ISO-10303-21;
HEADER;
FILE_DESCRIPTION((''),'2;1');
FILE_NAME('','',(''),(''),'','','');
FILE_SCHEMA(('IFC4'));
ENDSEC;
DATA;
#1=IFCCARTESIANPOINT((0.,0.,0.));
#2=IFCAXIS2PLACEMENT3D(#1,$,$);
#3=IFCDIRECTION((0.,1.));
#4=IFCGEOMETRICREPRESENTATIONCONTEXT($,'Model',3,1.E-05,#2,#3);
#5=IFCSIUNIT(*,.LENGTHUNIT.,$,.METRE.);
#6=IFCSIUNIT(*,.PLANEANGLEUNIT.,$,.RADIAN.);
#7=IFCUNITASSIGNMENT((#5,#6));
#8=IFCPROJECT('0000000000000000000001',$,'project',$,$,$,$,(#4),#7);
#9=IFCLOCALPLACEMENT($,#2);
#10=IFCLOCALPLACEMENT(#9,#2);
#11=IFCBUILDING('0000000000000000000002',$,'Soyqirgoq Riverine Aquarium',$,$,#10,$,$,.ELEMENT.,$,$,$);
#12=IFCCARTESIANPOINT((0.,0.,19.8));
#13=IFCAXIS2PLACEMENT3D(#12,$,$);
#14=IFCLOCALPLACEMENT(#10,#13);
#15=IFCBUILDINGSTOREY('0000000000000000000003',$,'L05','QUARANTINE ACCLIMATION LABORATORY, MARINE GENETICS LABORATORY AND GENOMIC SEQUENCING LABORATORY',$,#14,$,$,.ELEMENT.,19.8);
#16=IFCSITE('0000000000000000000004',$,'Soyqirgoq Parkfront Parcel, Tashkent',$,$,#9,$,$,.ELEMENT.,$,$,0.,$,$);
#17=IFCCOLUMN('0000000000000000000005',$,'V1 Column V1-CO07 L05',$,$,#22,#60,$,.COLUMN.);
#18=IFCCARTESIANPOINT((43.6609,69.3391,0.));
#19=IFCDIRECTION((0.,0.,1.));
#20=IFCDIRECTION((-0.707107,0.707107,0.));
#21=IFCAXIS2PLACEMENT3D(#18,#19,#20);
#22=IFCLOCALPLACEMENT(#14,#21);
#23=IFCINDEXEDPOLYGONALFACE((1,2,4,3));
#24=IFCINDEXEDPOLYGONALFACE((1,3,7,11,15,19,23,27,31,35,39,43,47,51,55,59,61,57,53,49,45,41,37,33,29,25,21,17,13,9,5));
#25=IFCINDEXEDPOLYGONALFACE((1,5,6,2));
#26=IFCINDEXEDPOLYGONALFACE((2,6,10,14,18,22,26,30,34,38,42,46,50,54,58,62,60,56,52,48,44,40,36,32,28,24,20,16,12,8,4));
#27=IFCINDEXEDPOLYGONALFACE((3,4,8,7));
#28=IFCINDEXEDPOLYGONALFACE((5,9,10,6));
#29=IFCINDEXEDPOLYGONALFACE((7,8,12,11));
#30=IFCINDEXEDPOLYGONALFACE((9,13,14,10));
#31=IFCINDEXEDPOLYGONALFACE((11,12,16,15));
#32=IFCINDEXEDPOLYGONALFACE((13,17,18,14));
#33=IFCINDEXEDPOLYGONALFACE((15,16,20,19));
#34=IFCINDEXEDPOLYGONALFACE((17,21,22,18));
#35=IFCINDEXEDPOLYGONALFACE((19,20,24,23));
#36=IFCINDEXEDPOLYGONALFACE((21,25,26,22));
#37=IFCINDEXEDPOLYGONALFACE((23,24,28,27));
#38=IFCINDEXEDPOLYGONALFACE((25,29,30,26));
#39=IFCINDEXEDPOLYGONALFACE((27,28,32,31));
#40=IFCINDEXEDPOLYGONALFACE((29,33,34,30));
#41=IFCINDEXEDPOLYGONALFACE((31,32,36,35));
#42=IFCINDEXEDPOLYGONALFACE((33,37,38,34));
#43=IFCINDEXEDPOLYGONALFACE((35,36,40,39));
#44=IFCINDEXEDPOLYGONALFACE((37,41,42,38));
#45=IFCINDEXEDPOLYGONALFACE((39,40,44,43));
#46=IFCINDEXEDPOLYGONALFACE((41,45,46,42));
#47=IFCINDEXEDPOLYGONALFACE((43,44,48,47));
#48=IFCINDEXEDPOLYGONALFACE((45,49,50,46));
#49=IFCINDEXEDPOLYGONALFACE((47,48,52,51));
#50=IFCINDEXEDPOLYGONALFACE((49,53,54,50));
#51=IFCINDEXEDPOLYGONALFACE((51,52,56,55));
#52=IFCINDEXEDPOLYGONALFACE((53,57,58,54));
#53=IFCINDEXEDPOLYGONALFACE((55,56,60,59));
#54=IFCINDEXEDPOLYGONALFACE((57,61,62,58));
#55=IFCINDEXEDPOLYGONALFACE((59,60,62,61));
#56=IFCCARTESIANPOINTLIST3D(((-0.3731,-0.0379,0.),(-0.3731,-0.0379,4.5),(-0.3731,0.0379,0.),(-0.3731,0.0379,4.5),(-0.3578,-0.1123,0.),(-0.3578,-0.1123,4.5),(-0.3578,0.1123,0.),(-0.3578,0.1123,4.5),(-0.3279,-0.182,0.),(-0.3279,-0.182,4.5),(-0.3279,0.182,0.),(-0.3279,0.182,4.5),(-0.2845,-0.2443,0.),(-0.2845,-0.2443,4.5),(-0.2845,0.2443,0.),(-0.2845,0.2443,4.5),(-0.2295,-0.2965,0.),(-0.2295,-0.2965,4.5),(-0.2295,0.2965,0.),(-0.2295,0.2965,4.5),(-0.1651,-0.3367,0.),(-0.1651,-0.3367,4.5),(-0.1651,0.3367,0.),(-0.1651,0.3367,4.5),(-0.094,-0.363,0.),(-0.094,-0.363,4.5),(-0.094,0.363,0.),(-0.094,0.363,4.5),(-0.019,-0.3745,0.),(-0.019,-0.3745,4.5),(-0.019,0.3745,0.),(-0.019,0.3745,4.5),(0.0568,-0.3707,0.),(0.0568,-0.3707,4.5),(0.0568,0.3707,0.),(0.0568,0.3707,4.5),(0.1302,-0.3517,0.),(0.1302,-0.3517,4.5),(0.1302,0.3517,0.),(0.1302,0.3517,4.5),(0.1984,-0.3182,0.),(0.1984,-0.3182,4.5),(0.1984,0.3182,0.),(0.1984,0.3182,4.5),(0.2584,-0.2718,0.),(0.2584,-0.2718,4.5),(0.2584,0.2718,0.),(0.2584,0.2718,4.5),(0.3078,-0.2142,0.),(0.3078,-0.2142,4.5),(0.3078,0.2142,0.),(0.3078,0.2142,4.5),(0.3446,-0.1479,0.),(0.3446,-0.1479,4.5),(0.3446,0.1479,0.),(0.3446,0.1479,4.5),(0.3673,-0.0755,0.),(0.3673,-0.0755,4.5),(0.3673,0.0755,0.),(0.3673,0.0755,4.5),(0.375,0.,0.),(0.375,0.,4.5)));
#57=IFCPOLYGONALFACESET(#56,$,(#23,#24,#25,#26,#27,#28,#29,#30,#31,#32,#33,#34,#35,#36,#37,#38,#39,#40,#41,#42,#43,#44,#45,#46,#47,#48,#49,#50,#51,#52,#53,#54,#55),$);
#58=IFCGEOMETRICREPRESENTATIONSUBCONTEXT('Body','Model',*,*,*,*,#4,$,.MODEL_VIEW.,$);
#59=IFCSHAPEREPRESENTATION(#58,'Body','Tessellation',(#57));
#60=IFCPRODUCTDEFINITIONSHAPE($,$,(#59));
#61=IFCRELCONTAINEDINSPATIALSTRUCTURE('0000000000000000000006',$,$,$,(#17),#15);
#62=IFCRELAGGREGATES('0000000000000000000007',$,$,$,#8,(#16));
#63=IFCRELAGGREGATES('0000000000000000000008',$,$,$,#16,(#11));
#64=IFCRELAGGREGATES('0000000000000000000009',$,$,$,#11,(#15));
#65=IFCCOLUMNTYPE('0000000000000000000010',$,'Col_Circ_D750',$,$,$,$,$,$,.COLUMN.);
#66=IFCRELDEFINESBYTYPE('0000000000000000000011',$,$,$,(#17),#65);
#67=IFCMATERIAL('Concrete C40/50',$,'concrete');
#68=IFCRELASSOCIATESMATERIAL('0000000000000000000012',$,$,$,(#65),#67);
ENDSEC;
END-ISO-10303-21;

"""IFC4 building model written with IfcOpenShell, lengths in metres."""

from ifc_helpers import new_model, si_unit, direction, frame, origin, origin_2d, place, context, subcontext, project, spatial, circle, extrude, material, material_profile, profile_set, type_object, element, save


model = new_model("IFC4")

# Units and contexts
model_context = context("Model", 3, precision=1e-05, world=origin(), true_north=direction((0.0, 1.0)))
body_context = subcontext(model_context, "Body", "Model", "MODEL_VIEW")
ifc_project = project(units=[si_unit("LENGTHUNIT", "METRE"), si_unit("PLANEANGLEUNIT", "RADIAN")], contexts=[model_context])

# Site, building, storey
site_placement = place(None, origin())
site = spatial("IfcSite", under=ifc_project, at=site_placement, Name="Soyqirgoq Parkfront Parcel, Tashkent", CompositionType="ELEMENT", RefElevation=0.0)
building_placement = place(site_placement, origin())
building = spatial("IfcBuilding", under=site, at=building_placement, Name="Soyqirgoq Riverine Aquarium", CompositionType="ELEMENT")
storey_placement = place(building_placement, frame((0.0, 0.0, 19.8)))
storey = spatial("IfcBuildingStorey", under=building, at=storey_placement, Name="L05", Description="QUARANTINE ACCLIMATION LABORATORY, MARINE GENETICS LABORATORY AND GENOMIC SEQUENCING LABORATORY", CompositionType="ELEMENT", Elevation=19.8)

# Column
ifc_material_1 = material(Name="Concrete C40/50", Category="concrete")
ifc_material_profile_1 = material_profile(ifc_material_1, circle(Radius=0.375, at=origin_2d()), Name="RC-COL D750")
ifc_profile_set_1 = profile_set([ifc_material_profile_1], Name="Concrete C40/50")
column_type_1 = type_object("IfcColumnType", Name="Col_Circ_D750", PredefinedType="COLUMN", material=ifc_profile_set_1)
column_1_placement = place(storey_placement, frame((43.6609, 69.3391, 0.0), z_axis=(0.0, 0.0, 1.0), x_axis=(-0.707107, 0.707107, 0.0)))
element("IfcColumn", 1, at=column_1_placement, inside=storey, type_object=column_type_1, Name="V1 Column V1-CO07 L05", PredefinedType="COLUMN", context=body_context, shape_type="SweptSolid", body=[
    extrude(circle(Radius=0.375, at=origin_2d()), origin(), (0.0, 0.0, 1.0), 4.5),
])

save(model, "model.ifc")
